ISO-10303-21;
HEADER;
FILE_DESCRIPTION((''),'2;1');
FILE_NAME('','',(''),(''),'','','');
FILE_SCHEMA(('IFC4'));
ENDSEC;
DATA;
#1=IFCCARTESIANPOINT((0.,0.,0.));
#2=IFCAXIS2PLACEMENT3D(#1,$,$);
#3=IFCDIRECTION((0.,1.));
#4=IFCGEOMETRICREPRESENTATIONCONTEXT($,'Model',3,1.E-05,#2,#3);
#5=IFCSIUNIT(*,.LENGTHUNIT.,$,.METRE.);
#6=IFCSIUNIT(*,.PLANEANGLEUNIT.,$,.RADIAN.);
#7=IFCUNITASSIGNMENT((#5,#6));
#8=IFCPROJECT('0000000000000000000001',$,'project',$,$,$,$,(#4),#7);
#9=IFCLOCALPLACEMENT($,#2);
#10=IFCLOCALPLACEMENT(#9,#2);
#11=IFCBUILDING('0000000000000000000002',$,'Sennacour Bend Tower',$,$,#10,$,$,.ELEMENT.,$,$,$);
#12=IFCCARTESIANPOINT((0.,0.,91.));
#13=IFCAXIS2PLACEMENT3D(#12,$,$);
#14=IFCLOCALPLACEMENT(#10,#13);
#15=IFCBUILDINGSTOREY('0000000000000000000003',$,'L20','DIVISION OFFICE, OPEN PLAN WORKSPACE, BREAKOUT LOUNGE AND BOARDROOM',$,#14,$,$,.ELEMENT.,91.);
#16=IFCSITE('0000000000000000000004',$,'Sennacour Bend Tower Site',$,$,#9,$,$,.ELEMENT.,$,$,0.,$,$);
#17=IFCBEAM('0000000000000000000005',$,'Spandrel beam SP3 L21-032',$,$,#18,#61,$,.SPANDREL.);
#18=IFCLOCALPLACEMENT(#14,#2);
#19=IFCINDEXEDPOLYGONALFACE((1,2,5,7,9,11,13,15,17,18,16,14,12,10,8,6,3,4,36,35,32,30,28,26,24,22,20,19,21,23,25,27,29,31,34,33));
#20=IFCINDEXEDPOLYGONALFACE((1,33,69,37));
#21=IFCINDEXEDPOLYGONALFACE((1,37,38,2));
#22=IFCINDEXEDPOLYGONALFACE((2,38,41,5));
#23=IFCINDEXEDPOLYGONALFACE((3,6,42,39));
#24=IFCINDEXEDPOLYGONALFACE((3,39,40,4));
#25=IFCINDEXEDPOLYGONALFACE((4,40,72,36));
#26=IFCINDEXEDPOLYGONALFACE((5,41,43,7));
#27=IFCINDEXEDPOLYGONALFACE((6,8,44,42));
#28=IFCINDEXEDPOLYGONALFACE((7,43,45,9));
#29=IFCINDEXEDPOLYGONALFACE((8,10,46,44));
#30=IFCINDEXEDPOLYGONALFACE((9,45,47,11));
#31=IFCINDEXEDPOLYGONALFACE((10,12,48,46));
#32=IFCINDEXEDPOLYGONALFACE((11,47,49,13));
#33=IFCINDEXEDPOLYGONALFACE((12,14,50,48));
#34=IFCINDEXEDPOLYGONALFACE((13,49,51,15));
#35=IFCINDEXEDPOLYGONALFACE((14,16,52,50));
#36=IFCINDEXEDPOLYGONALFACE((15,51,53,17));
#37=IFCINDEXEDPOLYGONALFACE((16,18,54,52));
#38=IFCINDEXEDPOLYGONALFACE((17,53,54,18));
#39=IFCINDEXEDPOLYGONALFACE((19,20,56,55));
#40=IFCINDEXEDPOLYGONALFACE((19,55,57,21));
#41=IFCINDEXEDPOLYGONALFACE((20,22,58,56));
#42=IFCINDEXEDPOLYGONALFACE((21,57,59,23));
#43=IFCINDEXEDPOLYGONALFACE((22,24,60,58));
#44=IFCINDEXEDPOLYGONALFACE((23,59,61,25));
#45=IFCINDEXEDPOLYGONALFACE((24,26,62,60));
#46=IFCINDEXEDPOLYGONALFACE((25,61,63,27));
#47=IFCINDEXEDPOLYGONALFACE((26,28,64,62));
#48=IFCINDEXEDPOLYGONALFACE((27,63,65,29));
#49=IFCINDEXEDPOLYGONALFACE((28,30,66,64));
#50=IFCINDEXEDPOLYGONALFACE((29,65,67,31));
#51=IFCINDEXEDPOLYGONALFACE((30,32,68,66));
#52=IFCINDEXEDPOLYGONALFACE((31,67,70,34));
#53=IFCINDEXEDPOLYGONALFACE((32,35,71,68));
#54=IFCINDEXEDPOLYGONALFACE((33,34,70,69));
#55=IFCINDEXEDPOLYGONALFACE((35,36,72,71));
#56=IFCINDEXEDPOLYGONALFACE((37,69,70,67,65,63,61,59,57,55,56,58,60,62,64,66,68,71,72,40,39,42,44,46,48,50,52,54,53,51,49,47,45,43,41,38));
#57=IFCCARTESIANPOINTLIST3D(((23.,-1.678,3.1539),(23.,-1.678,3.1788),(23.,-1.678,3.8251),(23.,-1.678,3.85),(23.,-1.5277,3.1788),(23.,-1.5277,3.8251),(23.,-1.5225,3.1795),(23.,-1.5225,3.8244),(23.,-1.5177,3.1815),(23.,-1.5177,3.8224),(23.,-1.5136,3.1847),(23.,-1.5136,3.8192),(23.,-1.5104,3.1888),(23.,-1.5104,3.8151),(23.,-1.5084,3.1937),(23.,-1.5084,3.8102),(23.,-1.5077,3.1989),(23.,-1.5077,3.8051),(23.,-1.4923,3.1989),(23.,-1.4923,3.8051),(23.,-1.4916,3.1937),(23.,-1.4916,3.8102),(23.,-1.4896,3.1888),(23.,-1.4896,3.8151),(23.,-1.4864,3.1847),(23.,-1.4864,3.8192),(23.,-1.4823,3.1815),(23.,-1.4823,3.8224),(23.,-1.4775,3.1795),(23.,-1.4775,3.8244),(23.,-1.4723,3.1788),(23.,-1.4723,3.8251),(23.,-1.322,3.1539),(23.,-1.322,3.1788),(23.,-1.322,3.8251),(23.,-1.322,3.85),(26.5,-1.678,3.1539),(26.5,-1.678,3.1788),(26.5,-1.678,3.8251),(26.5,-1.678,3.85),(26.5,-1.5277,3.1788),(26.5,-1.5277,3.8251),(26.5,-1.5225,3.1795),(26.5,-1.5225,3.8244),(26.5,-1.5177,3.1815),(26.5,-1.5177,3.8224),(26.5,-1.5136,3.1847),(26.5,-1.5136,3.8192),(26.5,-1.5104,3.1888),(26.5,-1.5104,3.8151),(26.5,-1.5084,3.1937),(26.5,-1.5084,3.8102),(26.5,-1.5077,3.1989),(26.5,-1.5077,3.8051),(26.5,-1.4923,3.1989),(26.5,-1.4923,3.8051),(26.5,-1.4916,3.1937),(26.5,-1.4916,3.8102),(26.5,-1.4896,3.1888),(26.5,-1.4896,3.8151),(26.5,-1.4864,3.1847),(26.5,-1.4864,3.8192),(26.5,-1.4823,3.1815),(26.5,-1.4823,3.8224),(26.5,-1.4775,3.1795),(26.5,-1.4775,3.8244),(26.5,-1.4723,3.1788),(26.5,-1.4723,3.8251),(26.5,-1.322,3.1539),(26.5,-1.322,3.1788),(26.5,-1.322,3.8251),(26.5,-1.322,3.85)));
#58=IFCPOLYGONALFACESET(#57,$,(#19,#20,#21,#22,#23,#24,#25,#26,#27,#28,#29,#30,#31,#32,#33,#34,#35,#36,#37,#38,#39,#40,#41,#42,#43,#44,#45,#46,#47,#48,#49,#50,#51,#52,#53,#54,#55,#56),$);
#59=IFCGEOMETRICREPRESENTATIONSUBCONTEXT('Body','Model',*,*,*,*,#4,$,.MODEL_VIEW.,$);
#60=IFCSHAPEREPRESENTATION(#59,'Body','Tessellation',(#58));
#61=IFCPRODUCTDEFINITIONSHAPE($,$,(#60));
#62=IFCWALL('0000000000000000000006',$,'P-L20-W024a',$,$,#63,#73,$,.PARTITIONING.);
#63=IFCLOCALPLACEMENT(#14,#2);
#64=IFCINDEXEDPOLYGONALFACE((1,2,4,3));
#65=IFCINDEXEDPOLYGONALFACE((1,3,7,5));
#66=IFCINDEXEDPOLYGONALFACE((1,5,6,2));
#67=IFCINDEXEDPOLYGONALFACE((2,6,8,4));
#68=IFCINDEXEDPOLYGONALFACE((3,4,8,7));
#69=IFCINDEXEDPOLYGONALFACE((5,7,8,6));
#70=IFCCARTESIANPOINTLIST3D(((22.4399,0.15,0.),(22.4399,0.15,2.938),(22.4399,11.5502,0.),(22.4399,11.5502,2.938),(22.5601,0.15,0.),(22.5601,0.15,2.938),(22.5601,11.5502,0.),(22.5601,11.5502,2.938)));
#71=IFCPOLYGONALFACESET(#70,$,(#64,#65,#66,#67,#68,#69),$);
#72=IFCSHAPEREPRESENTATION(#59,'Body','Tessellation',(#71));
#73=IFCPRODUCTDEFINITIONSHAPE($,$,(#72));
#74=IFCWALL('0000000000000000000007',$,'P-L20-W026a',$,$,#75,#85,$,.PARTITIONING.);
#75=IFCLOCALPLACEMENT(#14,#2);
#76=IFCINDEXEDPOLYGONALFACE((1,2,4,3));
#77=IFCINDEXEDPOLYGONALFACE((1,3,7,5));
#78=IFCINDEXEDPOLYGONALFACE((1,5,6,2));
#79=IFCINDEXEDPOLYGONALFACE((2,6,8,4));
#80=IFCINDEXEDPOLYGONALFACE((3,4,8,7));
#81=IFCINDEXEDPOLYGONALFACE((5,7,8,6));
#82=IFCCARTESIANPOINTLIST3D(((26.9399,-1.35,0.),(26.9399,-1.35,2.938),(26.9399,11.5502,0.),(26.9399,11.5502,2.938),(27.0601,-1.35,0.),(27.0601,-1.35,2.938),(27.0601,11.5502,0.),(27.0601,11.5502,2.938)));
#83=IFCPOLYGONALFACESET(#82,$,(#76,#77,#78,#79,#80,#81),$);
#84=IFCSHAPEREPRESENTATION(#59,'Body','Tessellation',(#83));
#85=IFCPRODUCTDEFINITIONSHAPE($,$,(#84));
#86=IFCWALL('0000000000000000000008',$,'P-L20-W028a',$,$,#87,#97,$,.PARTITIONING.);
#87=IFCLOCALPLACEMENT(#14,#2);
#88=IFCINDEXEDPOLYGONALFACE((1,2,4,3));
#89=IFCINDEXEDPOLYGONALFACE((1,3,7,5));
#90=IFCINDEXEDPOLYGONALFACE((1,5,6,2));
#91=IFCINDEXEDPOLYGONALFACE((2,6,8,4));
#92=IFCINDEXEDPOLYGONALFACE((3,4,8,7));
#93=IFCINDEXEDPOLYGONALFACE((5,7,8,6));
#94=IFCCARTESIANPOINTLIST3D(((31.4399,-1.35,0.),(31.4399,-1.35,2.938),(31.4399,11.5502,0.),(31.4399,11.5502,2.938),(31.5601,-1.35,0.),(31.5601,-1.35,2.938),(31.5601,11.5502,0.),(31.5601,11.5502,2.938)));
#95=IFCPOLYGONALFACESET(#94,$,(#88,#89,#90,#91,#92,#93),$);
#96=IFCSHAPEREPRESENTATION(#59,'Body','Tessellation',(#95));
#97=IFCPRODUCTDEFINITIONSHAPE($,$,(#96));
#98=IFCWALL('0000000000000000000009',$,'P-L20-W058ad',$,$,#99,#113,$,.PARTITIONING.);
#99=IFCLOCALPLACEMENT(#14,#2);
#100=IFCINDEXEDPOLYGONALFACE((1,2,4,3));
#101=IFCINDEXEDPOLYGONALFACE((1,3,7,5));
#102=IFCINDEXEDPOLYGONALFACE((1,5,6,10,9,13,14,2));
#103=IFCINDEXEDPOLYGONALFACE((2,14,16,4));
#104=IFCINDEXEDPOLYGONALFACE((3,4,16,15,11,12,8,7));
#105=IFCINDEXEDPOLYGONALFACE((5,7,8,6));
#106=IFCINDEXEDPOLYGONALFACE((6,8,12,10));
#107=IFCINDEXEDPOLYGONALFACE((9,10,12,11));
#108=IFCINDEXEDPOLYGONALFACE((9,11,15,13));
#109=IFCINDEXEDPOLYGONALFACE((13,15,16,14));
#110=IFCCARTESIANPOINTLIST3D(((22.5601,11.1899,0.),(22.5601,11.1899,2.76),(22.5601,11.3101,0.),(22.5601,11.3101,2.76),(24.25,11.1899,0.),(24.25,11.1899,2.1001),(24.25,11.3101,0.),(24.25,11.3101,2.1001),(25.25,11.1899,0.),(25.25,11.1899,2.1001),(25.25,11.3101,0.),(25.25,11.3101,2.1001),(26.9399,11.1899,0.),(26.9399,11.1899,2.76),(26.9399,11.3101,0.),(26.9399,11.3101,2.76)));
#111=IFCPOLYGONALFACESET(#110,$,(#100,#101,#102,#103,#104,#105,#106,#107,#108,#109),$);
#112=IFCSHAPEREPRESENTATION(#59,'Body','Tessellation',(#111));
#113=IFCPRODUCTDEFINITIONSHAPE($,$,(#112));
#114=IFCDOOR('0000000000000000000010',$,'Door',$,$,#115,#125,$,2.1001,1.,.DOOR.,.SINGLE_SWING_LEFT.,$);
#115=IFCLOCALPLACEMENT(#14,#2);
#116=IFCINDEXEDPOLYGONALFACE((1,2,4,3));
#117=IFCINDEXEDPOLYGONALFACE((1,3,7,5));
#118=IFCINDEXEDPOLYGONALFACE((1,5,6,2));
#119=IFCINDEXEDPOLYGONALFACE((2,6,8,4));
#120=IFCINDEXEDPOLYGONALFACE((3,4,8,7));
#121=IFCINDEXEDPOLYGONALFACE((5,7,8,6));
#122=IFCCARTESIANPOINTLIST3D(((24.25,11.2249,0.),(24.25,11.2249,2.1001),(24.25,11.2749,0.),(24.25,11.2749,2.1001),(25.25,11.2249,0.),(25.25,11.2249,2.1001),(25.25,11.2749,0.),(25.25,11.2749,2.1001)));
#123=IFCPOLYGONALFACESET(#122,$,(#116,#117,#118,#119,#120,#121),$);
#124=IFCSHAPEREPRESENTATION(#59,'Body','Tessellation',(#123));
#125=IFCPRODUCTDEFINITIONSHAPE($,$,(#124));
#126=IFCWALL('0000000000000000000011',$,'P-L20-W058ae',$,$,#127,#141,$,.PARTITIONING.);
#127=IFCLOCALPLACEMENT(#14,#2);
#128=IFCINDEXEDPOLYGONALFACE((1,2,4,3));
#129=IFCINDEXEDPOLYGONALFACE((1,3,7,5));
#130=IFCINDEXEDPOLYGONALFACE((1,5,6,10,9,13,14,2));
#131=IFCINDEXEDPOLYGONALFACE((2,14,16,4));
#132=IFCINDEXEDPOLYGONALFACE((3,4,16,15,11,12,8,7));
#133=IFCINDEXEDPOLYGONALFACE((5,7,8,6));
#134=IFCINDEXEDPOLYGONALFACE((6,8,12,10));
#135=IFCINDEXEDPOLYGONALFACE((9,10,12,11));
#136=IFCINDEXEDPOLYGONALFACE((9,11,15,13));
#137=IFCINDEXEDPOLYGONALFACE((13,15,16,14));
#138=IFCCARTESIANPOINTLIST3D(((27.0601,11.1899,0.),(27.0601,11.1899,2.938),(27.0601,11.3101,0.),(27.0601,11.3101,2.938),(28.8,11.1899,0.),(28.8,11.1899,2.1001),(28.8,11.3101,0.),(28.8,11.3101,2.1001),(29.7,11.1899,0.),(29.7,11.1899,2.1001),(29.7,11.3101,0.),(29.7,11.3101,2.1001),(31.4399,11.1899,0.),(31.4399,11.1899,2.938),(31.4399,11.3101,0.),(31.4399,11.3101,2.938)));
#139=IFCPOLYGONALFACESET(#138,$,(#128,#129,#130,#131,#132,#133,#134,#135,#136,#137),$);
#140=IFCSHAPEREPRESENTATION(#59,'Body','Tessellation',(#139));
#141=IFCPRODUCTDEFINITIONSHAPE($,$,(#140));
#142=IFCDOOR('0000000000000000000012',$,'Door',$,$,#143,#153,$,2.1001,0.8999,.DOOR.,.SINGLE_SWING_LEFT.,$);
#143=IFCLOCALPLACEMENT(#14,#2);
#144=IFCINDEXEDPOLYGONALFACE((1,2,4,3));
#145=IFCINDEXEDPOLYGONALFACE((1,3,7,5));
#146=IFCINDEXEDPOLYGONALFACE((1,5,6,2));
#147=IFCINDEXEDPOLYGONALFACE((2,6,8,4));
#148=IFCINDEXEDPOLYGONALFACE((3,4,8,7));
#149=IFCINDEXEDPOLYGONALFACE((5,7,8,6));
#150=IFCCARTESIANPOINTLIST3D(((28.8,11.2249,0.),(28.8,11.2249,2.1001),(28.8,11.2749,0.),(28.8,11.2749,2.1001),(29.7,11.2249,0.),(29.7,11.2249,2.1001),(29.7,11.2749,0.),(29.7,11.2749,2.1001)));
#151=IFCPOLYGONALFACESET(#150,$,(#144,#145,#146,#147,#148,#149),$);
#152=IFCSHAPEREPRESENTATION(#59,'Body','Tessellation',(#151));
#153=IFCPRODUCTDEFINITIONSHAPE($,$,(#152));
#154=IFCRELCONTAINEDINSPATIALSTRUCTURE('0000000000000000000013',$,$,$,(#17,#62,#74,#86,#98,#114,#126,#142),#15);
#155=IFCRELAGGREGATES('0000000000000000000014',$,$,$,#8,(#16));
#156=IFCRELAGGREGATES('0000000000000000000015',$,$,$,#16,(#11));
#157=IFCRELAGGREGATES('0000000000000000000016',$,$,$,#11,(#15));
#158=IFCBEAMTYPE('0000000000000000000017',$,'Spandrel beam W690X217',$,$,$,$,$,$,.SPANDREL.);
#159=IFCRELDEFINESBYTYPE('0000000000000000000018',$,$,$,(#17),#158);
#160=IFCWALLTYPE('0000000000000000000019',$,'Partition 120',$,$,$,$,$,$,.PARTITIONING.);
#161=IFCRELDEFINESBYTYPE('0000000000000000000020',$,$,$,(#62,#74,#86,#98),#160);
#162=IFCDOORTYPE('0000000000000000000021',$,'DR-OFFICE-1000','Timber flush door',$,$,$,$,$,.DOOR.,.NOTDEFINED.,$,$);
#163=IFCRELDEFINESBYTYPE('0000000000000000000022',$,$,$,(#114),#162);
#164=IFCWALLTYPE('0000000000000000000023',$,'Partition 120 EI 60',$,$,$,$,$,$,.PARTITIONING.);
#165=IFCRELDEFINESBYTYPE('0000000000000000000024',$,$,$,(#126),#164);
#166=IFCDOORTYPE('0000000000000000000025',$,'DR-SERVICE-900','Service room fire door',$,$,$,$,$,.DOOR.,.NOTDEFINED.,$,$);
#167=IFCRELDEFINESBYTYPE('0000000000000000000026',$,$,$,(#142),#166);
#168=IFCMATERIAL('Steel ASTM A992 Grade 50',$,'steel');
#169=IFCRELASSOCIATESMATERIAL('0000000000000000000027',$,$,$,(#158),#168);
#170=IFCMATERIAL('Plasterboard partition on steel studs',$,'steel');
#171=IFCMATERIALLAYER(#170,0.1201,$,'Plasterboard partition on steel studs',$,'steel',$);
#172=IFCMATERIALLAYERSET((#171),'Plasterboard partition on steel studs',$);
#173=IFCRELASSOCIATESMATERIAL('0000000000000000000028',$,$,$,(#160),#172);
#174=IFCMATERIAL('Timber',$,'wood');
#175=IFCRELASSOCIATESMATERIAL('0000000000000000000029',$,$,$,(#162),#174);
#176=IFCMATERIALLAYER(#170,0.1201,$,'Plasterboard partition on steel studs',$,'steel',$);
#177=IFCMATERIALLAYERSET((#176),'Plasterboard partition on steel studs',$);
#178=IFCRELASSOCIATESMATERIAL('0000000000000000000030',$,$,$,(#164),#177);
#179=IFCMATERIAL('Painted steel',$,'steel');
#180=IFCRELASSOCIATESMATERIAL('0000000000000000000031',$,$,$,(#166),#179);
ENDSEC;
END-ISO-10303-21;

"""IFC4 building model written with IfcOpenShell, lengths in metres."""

from ifc_helpers import new_model, si_unit, direction, frame, frame_2d, origin, origin_2d, place, context, subcontext, project, spatial, rectangle, i_section, extrude, material, layer, layer_set, material_profile, profile_set, type_object, element, fill, save


model = new_model("IFC4")

# Units and contexts
model_context = context("Model", 3, precision=1e-05, world=origin(), true_north=direction((0.0, 1.0)))
body_context = subcontext(model_context, "Body", "Model", "MODEL_VIEW")
ifc_project = project(units=[si_unit("LENGTHUNIT", "METRE"), si_unit("PLANEANGLEUNIT", "RADIAN")], contexts=[model_context])

# Site, building, storey
site_placement = place(None, origin())
site = spatial("IfcSite", under=ifc_project, at=site_placement, Name="Sennacour Bend Tower Site", CompositionType="ELEMENT", RefElevation=0.0)
building_placement = place(site_placement, origin())
building = spatial("IfcBuilding", under=site, at=building_placement, Name="Sennacour Bend Tower", CompositionType="ELEMENT")
storey_placement = place(building_placement, frame((0.0, 0.0, 91.0)))
storey = spatial("IfcBuildingStorey", under=building, at=storey_placement, Name="L20", Description="DIVISION OFFICE, OPEN PLAN WORKSPACE, BREAKOUT LOUNGE AND BOARDROOM", CompositionType="ELEMENT", Elevation=91.0)

# Beam
ifc_material_1 = material(Name="Steel ASTM A992 Grade 50", Category="steel")
ifc_material_profile_1 = material_profile(ifc_material_1, i_section(OverallWidth=0.356, OverallDepth=0.696, WebThickness=0.0154, FlangeThickness=0.0249, FilletRadius=0.02, at=origin_2d()), Name="Steel ASTM A992 Grade 50", Category="steel")
ifc_profile_set_1 = profile_set([ifc_material_profile_1], Name="Steel ASTM A992 Grade 50")
beam_type_1 = type_object("IfcBeamType", Name="Spandrel beam W690X217", PredefinedType="SPANDREL", material=ifc_profile_set_1)
for number, where, z_axis, x_axis, name in (
    (1, (26.5, -1.5, 3.502), (-1.0, 0.0, 0.0), (0.0, -1.0, 0.0), "Spandrel beam SP3 L21-032"),
):
    element("IfcBeam", number, at=place(storey_placement, frame(where, z_axis=z_axis, x_axis=x_axis)), inside=storey, type_object=beam_type_1, Name=name, PredefinedType="SPANDREL", context=body_context, shape_type="SweptSolid", body=[
        extrude(i_section(OverallWidth=0.356, OverallDepth=0.696, WebThickness=0.0154, FlangeThickness=0.0249, FilletRadius=0.02, at=origin_2d()), origin(), (0.0, 0.0, 1.0), 3.5),
    ])

# Walls
ifc_material_2 = material(Name="Plasterboard partition on steel studs", Category="steel")
ifc_layer_1 = layer(ifc_material_2, 0.1201, Name="Plasterboard partition on steel studs", Category="steel")
ifc_layer_set_1 = layer_set([ifc_layer_1], Name="Plasterboard partition on steel studs")
wall_type_1 = type_object("IfcWallType", Name="Partition 120", PredefinedType="PARTITIONING", material=ifc_layer_set_1)
wall_1_placement = place(storey_placement, frame((22.5, 0.1499, 0.0), z_axis=(0.0, 0.0, 1.0), x_axis=(0.0, 1.0, 0.0)))
element("IfcWall", 2, at=wall_1_placement, inside=storey, type_object=wall_type_1, Name="P-L20-W024a", PredefinedType="PARTITIONING", context=body_context, shape_type="SweptSolid", body=[
    extrude(rectangle(XDim=11.4001, YDim=0.1201, at=frame_2d((5.7002, 0.0))), origin(), (0.0, 0.0, 1.0), 2.938),
])
for number, where, z_axis, x_axis, name in (
    (3, (27.0, -1.3501, 0.0), (0.0, 0.0, 1.0), (0.0, 1.0, 0.0), "P-L20-W026a"),
    (4, (31.5, -1.3501, 0.0), (0.0, 0.0, 1.0), (0.0, 1.0, 0.0), "P-L20-W028a"),
):
    element("IfcWall", number, at=place(storey_placement, frame(where, z_axis=z_axis, x_axis=x_axis)), inside=storey, type_object=wall_type_1, Name=name, PredefinedType="PARTITIONING", context=body_context, shape_type="SweptSolid", body=[
        extrude(rectangle(XDim=12.9001, YDim=0.1201, at=frame_2d((6.4502, 0.0))), origin(), (0.0, 0.0, 1.0), 2.938),
    ])

# Walls, openings, doors
wall_2_placement = place(storey_placement, frame((22.5601, 11.25, 0.0), z_axis=(0.0, 0.0, 1.0), x_axis=(1.0, 0.0, 0.0)))
wall_2 = element("IfcWall", 5, at=wall_2_placement, inside=storey, type_object=wall_type_1, Name="P-L20-W058ad", PredefinedType="PARTITIONING", context=body_context, shape_type="SweptSolid", body=[
    extrude(rectangle(XDim=4.3799, YDim=0.1201, at=frame_2d((2.1899, 0.0))), origin(), (0.0, 0.0, 1.0), 2.76),
])
opening_1_placement = place(wall_2_placement, frame((1.6899, 0.0, 0.0)))
opening_1 = element("IfcOpeningElement", 6, at=opening_1_placement, cuts=wall_2, PredefinedType="OPENING", context=body_context, shape_type="SweptSolid", body=[
    extrude(rectangle(XDim=1.0, YDim=2.1001, at=frame_2d((0.5, 1.05))), frame((0.0, 0.0701, 0.0), z_axis=(0.0, -1.0, 0.0), x_axis=(1.0, 0.0, 0.0)), (0.0, 0.0, 1.0), 0.1401),
])
ifc_material_3 = material(Name="Timber", Category="wood")
door_type_1 = type_object("IfcDoorType", Name="DR-OFFICE-1000", Description="Timber flush door", OperationType="NOTDEFINED", PredefinedType="DOOR", material=ifc_material_3)
door_1_placement = place(opening_1_placement, origin())
door_1 = element("IfcDoor", 7, at=door_1_placement, inside=storey, type_object=door_type_1, Name="Door", OperationType="SINGLE_SWING_LEFT", OverallHeight=2.1001, OverallWidth=1.0, PredefinedType="DOOR", context=body_context, shape_type="SweptSolid", body=[
    extrude(rectangle(XDim=1.0, YDim=2.1001, at=frame_2d((0.5, 1.05))), frame((0.0, 0.0249, 0.0), z_axis=(0.0, -1.0, 0.0), x_axis=(1.0, 0.0, 0.0)), (0.0, 0.0, 1.0), 0.05),
])
fill(opening_1, door_1)
ifc_layer_2 = layer(ifc_material_2, 0.1201, Name="Plasterboard partition on steel studs", Category="steel")
ifc_layer_set_2 = layer_set([ifc_layer_2], Name="Plasterboard partition on steel studs")
wall_type_2 = type_object("IfcWallType", Name="Partition 120 EI 60", PredefinedType="PARTITIONING", material=ifc_layer_set_2)
wall_3_placement = place(storey_placement, frame((27.0601, 11.25, 0.0), z_axis=(0.0, 0.0, 1.0), x_axis=(1.0, 0.0, 0.0)))
wall_3 = element("IfcWall", 8, at=wall_3_placement, inside=storey, type_object=wall_type_2, Name="P-L20-W058ae", PredefinedType="PARTITIONING", context=body_context, shape_type="SweptSolid", body=[
    extrude(rectangle(XDim=4.3799, YDim=0.1201, at=frame_2d((2.1899, 0.0))), origin(), (0.0, 0.0, 1.0), 2.938),
])
opening_2_placement = place(wall_3_placement, frame((1.74, 0.0, 0.0)))
opening_2 = element("IfcOpeningElement", 9, at=opening_2_placement, cuts=wall_3, PredefinedType="OPENING", context=body_context, shape_type="SweptSolid", body=[
    extrude(rectangle(XDim=0.8999, YDim=2.1001, at=frame_2d((0.45, 1.05))), frame((0.0, 0.0701, 0.0), z_axis=(0.0, -1.0, 0.0), x_axis=(1.0, 0.0, 0.0)), (0.0, 0.0, 1.0), 0.1401),
])
ifc_material_4 = material(Name="Painted steel", Category="steel")
door_type_2 = type_object("IfcDoorType", Name="DR-SERVICE-900", Description="Service room fire door", OperationType="NOTDEFINED", PredefinedType="DOOR", material=ifc_material_4)
door_2_placement = place(opening_2_placement, origin())
door_2 = element("IfcDoor", 10, at=door_2_placement, inside=storey, type_object=door_type_2, Name="Door", OperationType="SINGLE_SWING_LEFT", OverallHeight=2.1001, OverallWidth=0.8999, PredefinedType="DOOR", context=body_context, shape_type="SweptSolid", body=[
    extrude(rectangle(XDim=0.8999, YDim=2.1001, at=frame_2d((0.45, 1.05))), frame((0.0, 0.0249, 0.0), z_axis=(0.0, -1.0, 0.0), x_axis=(1.0, 0.0, 0.0)), (0.0, 0.0, 1.0), 0.05),
])
fill(opening_2, door_2)

save(model, "model.ifc")
